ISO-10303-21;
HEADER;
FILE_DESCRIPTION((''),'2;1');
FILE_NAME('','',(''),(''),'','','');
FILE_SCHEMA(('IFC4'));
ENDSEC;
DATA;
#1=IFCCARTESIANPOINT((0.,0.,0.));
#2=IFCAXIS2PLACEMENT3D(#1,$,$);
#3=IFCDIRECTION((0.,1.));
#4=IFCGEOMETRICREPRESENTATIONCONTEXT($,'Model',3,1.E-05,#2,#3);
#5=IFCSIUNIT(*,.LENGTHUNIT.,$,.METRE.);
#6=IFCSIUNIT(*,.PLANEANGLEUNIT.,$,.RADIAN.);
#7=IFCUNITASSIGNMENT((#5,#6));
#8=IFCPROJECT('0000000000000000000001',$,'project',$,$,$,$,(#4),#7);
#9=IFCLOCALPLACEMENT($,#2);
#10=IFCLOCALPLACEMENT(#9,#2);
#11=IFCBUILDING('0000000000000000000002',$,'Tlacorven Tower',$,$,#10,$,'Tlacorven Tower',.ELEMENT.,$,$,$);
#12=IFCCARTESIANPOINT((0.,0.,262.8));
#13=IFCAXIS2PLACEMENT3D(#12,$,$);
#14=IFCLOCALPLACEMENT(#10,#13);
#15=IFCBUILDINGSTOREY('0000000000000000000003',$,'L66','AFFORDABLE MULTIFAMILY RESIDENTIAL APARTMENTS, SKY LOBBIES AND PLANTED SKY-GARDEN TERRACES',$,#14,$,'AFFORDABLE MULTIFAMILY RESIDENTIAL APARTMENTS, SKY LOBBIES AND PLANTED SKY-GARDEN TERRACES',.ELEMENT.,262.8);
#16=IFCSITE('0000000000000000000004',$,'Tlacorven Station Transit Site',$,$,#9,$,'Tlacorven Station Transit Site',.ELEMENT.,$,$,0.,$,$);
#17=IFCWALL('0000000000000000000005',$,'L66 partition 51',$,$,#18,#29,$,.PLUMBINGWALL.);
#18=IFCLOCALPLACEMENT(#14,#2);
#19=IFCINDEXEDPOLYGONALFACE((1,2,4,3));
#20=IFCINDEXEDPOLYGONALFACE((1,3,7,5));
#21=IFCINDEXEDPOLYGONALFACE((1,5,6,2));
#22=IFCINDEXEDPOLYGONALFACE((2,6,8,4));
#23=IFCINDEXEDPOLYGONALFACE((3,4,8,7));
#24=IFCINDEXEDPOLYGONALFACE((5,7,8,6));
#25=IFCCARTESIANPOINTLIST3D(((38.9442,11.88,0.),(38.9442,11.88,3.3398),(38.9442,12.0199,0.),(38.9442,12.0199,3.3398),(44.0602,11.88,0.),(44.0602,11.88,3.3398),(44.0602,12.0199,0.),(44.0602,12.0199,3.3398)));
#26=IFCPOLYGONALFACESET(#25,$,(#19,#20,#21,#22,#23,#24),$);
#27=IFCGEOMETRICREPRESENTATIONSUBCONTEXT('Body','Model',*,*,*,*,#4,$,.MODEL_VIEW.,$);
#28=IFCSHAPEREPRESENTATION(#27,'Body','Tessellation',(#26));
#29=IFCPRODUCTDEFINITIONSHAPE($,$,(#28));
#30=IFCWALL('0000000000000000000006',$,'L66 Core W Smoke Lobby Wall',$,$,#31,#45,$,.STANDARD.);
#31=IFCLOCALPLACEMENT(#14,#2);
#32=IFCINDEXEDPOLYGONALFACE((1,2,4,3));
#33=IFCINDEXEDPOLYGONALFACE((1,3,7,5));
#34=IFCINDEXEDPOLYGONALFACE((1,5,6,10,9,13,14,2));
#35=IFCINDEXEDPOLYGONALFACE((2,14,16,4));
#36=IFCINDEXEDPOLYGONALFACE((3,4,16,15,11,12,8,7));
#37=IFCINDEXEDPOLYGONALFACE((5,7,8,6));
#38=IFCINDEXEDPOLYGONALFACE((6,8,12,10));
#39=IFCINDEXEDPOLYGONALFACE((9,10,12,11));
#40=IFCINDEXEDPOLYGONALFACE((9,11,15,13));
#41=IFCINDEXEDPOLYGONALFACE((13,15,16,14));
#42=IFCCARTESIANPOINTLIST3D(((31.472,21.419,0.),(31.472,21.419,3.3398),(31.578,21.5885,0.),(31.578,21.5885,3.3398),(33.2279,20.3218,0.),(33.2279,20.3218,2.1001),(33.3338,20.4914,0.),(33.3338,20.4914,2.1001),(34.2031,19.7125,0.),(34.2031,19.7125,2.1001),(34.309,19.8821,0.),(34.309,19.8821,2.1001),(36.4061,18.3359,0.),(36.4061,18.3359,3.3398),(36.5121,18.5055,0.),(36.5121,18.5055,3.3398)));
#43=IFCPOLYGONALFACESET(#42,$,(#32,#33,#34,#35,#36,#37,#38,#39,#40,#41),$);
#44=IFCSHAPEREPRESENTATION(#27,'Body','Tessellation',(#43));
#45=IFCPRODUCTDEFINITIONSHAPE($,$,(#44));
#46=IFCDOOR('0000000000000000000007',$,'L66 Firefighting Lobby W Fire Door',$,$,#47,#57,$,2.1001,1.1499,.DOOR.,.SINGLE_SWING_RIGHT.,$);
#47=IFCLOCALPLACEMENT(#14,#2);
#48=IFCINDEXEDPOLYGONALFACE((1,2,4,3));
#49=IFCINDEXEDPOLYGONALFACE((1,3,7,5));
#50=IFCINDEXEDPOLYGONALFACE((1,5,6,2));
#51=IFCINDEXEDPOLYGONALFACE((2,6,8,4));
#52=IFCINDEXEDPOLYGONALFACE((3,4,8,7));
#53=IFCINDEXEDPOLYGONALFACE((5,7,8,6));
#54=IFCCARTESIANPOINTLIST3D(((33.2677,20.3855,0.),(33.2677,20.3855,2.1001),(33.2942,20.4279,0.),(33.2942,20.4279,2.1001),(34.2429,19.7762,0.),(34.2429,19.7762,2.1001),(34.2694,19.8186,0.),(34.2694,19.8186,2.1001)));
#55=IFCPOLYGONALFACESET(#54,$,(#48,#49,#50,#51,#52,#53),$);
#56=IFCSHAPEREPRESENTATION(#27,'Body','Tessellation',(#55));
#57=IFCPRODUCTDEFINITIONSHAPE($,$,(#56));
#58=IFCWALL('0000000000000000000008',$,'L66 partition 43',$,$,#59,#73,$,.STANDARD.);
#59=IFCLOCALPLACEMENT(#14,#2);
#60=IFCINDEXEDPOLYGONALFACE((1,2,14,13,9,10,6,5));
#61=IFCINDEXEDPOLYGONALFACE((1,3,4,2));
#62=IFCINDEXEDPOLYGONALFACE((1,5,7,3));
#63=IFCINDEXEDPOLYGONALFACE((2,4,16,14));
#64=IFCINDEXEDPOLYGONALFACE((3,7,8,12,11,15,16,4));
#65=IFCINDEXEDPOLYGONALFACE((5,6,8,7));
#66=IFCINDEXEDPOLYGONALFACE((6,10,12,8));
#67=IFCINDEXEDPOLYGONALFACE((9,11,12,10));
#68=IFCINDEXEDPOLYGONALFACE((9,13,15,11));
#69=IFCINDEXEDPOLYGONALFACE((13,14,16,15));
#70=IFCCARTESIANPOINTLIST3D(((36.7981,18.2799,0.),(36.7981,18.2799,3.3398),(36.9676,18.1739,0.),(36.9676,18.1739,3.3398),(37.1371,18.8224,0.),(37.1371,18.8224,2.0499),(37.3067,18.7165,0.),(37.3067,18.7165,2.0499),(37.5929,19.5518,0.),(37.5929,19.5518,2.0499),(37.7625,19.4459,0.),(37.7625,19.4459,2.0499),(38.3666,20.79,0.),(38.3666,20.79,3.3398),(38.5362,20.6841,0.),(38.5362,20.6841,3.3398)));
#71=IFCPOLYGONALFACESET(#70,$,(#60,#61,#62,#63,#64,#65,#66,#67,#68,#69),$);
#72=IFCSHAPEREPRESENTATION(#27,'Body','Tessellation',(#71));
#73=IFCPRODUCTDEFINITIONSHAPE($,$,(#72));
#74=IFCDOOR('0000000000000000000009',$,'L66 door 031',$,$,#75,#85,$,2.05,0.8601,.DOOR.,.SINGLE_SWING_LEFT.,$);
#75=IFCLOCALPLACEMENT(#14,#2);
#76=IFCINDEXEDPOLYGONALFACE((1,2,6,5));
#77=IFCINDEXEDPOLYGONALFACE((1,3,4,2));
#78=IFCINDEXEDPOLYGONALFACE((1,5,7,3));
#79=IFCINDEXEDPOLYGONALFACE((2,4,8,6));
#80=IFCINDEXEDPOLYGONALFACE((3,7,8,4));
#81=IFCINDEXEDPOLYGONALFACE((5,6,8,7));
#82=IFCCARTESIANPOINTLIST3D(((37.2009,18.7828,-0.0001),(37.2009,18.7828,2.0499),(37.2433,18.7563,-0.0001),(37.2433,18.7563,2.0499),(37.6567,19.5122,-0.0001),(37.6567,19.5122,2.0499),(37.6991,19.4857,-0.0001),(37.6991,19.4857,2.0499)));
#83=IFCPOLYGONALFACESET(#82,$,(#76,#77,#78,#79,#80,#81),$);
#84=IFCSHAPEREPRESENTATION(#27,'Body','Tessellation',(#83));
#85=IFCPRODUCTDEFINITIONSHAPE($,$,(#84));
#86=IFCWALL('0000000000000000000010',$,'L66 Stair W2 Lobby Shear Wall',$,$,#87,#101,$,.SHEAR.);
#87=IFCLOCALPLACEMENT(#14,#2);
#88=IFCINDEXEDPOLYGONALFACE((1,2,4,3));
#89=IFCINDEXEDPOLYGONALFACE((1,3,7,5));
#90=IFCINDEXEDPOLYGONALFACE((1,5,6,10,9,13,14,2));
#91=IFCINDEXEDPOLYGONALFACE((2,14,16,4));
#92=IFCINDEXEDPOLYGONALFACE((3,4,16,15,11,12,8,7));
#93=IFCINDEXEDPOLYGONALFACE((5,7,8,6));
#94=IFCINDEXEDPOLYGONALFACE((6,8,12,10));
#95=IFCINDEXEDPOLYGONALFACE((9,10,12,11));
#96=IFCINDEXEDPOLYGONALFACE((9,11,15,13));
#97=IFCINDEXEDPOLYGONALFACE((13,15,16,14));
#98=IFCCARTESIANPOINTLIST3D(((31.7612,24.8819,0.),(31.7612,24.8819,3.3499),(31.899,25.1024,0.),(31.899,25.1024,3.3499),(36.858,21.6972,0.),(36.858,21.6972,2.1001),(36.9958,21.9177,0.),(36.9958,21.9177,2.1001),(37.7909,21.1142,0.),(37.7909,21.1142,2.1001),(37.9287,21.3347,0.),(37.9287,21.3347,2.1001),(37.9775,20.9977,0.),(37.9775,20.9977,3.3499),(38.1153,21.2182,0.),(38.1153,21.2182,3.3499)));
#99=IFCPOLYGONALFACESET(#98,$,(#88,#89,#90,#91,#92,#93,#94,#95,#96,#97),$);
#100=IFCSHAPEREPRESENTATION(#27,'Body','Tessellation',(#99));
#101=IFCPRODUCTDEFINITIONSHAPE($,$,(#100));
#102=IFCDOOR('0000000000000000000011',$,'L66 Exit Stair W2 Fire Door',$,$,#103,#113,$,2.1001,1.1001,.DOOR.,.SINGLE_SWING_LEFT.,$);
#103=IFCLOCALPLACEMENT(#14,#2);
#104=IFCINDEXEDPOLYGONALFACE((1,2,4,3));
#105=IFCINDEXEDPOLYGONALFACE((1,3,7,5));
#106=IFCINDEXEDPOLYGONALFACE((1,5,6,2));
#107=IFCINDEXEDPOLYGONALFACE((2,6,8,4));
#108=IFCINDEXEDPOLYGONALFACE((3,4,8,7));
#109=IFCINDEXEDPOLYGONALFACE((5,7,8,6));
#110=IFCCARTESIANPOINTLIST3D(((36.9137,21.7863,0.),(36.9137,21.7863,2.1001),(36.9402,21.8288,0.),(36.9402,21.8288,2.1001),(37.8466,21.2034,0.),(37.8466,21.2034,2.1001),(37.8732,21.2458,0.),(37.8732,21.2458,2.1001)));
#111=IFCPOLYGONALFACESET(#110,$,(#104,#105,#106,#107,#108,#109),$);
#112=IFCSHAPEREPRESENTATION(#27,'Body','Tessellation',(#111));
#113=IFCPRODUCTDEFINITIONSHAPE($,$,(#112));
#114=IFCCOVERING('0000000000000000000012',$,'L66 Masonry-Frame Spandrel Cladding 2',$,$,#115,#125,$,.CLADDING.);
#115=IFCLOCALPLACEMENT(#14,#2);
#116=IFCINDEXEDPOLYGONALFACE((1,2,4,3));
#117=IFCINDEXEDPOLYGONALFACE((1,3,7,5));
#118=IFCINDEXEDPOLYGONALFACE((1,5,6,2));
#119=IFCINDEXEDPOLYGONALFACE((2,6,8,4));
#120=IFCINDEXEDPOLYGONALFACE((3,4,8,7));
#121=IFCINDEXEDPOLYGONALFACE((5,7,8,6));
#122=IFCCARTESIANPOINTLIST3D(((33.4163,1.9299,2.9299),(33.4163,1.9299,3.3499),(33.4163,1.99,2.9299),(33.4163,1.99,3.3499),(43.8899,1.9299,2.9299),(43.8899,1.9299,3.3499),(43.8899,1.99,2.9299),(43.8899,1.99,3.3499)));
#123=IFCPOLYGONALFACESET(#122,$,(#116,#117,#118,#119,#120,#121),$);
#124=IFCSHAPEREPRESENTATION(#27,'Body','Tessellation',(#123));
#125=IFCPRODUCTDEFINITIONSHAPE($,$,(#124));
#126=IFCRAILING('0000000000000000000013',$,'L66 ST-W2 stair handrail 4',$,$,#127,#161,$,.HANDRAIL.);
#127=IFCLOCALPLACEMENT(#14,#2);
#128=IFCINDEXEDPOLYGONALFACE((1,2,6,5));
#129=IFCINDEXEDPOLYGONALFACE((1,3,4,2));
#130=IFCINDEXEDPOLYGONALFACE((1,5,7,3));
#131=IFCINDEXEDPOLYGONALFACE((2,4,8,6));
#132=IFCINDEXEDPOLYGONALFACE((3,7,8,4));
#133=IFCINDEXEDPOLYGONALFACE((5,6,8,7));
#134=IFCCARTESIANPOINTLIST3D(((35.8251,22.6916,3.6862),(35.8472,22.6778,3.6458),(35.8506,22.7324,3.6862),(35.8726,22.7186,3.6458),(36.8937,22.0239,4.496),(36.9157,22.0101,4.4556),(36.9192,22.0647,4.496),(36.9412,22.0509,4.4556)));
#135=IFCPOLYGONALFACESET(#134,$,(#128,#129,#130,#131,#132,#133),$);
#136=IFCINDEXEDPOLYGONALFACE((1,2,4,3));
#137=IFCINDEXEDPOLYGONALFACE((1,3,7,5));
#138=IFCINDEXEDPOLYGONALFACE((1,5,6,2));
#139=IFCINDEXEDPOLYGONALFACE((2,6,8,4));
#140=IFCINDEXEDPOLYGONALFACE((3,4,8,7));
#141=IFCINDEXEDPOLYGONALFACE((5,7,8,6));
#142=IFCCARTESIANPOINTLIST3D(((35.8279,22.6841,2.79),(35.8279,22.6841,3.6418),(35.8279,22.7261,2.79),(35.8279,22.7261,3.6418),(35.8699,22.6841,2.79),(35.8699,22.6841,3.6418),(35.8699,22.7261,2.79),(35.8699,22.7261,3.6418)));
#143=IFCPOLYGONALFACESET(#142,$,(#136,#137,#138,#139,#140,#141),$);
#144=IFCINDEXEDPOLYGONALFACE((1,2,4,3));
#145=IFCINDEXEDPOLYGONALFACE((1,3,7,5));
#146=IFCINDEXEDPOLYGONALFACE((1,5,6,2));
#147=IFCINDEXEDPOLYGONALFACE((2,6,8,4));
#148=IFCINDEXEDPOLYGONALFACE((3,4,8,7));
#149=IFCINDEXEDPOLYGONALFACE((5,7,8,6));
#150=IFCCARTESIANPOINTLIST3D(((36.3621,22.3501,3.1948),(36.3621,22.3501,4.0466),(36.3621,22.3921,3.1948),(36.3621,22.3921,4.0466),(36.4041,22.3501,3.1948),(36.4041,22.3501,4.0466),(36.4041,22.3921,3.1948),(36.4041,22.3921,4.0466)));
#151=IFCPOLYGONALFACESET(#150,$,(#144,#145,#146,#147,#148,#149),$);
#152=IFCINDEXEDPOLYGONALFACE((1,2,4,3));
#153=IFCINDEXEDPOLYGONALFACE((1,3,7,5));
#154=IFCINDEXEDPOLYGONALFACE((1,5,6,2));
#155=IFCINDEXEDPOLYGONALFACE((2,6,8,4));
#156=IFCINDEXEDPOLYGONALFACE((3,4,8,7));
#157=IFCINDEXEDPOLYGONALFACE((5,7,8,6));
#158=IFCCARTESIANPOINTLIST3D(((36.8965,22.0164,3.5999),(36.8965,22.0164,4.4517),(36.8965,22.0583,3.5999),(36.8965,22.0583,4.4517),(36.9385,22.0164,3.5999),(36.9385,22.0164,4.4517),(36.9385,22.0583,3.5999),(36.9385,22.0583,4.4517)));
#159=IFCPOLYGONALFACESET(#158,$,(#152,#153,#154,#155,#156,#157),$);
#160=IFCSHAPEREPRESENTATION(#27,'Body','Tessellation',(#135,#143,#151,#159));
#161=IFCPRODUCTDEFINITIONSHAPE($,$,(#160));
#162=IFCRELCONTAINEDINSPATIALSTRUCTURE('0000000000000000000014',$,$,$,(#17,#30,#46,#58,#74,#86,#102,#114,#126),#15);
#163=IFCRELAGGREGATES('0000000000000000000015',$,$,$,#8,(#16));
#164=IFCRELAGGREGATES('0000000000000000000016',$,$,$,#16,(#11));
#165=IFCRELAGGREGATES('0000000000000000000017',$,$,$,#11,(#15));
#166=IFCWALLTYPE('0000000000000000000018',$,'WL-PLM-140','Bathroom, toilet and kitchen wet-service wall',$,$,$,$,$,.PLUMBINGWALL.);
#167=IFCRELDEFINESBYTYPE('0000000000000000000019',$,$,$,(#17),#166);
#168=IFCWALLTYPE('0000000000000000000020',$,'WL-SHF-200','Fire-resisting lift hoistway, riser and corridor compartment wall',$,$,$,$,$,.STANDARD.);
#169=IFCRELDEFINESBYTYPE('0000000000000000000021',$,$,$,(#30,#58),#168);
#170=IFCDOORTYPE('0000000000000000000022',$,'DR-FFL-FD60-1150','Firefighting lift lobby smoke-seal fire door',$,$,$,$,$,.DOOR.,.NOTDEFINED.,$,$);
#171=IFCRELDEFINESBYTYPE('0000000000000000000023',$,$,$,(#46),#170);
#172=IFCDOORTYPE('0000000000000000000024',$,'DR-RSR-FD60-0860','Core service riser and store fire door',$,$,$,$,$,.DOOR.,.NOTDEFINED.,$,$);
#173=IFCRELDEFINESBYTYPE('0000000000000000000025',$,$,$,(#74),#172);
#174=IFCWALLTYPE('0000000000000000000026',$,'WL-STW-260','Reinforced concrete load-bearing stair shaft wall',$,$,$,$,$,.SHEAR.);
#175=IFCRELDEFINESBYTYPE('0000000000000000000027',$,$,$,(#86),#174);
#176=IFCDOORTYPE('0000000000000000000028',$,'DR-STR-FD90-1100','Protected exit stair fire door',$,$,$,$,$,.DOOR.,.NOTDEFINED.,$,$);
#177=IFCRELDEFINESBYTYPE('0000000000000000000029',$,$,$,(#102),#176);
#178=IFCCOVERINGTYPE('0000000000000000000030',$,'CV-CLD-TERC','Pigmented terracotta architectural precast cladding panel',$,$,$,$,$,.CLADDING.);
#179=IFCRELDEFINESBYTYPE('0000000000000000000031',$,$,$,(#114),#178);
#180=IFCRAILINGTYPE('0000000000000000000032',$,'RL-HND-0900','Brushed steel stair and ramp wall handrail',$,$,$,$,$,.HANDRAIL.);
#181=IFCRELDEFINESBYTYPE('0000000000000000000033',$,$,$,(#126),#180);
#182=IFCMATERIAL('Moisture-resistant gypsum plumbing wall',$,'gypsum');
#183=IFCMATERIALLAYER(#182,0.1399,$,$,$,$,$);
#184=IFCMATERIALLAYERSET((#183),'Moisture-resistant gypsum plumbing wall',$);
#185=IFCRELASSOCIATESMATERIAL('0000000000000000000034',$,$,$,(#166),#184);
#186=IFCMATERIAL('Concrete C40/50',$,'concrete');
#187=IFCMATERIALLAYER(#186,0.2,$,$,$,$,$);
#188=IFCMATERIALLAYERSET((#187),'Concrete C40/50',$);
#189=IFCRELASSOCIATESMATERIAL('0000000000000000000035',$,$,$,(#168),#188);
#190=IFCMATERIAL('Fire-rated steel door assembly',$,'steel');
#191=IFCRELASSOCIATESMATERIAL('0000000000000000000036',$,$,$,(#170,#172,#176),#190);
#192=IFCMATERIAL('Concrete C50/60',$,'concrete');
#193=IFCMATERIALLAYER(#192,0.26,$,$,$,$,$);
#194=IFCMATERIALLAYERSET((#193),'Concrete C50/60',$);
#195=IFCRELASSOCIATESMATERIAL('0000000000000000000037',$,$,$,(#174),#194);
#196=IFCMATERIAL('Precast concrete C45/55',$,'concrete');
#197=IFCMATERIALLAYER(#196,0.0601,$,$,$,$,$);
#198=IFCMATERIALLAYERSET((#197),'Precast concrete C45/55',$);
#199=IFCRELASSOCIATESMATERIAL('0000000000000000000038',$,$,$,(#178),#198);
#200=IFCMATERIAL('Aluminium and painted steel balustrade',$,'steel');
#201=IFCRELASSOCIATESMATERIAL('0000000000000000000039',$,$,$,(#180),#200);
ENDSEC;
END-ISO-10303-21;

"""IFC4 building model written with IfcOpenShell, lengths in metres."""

from ifc_helpers import new_model, si_unit, direction, frame, frame_2d, origin, origin_2d, place, context, subcontext, project, spatial, rectangle, extrude, source, transform, mapped, material, layer, layer_set, type_object, element, fill, save


model = new_model("IFC4")

# Units and contexts
model_context = context("Model", 3, precision=1e-05, world=origin(), true_north=direction((0.0, 1.0)))
body_context = subcontext(model_context, "Body", "Model", "MODEL_VIEW")
ifc_project = project(units=[si_unit("LENGTHUNIT", "METRE"), si_unit("PLANEANGLEUNIT", "RADIAN")], contexts=[model_context])

# Site, building, storey
site_placement = place(None, origin())
site = spatial("IfcSite", under=ifc_project, at=site_placement, Name="Tlacorven Station Transit Site", LongName="Tlacorven Station Transit Site", CompositionType="ELEMENT", RefElevation=0.0)
building_placement = place(site_placement, origin())
building = spatial("IfcBuilding", under=site, at=building_placement, Name="Tlacorven Tower", LongName="Tlacorven Tower", CompositionType="ELEMENT")
storey_placement = place(building_placement, frame((0.0, 0.0, 262.8)))
storey = spatial("IfcBuildingStorey", under=building, at=storey_placement, Name="L66", Description="AFFORDABLE MULTIFAMILY RESIDENTIAL APARTMENTS, SKY LOBBIES AND PLANTED SKY-GARDEN TERRACES", LongName="AFFORDABLE MULTIFAMILY RESIDENTIAL APARTMENTS, SKY LOBBIES AND PLANTED SKY-GARDEN TERRACES", CompositionType="ELEMENT", Elevation=262.8)

# Shared definitions
ifc_material_1 = material(Name="Concrete C50/60", Category="concrete")

# Shared definitions
ifc_material_2 = material(Name="Fire-rated steel door assembly", Category="steel")

# Wall
ifc_material_3 = material(Name="Moisture-resistant gypsum plumbing wall", Category="gypsum")
ifc_layer_1 = layer(ifc_material_3, 0.1399)
ifc_layer_set_1 = layer_set([ifc_layer_1], Name="Moisture-resistant gypsum plumbing wall")
wall_type_1 = type_object("IfcWallType", Name="WL-PLM-140", Description="Bathroom, toilet and kitchen wet-service wall", PredefinedType="PLUMBINGWALL", material=ifc_layer_set_1)
wall_1_placement = place(storey_placement, frame((38.9441, 11.95, 0.0), z_axis=(0.0, 0.0, 1.0), x_axis=(1.0, 0.0, 0.0)))
element("IfcWall", 1, at=wall_1_placement, inside=storey, type_object=wall_type_1, Name="L66 partition 51", PredefinedType="PLUMBINGWALL", context=body_context, shape_type="SweptSolid", body=[
    extrude(rectangle(XDim=5.116, YDim=0.1399, at=frame_2d((2.5581, 0.0))), origin(), (0.0, 0.0, 1.0), 3.3398),
])

# Walls, openings, doors
ifc_material_4 = material(Name="Concrete C40/50", Category="concrete")
ifc_layer_2 = layer(ifc_material_4, 0.2)
ifc_layer_set_2 = layer_set([ifc_layer_2], Name="Concrete C40/50")
wall_type_2 = type_object("IfcWallType", Name="WL-SHF-200", Description="Fire-resisting lift hoistway, riser and corridor compartment wall", PredefinedType="STANDARD", material=ifc_layer_set_2)
wall_2_placement = place(storey_placement, frame((36.4592, 18.4207, 0.0), z_axis=(0.0, 0.0, 1.0), x_axis=(-0.84806, 0.529901, 0.0)))
wall_2 = element("IfcWall", 2, at=wall_2_placement, inside=storey, type_object=wall_type_2, Name="L66 Core W Smoke Lobby Wall", PredefinedType="STANDARD", context=body_context, shape_type="SweptSolid", body=[
    extrude(rectangle(XDim=5.8181, YDim=0.2, at=frame_2d((2.9092, 0.0))), origin(), (0.0, 0.0, 1.0), 3.3398),
])
opening_1_placement = place(wall_2_placement, frame((2.5979, 0.0, 0.0)))
opening_1 = element("IfcOpeningElement", 3, at=opening_1_placement, cuts=wall_2, PredefinedType="OPENING", context=body_context, shape_type="SweptSolid", body=[
    extrude(rectangle(XDim=1.1499, YDim=2.1001, at=frame_2d((0.575, 1.05))), frame((0.0, 0.1099, 0.0), z_axis=(0.0, -1.0, 0.0), x_axis=(1.0, 0.0, 0.0)), (0.0, 0.0, 1.0), 0.22),
])
door_type_1 = type_object("IfcDoorType", Name="DR-FFL-FD60-1150", Description="Firefighting lift lobby smoke-seal fire door", OperationType="NOTDEFINED", PredefinedType="DOOR", material=ifc_material_2)
shared_shape_1 = source(origin(), body_context, "Body", "SweptSolid", [
    extrude(rectangle(XDim=1.1499, YDim=2.1001, at=frame_2d((0.575, 1.05))), frame((0.0, 0.0249, 0.0), z_axis=(0.0, -1.0, 0.0), x_axis=(1.0, 0.0, 0.0)), (0.0, 0.0, 1.0), 0.05),
])
door_1_placement = place(opening_1_placement, origin())
door_1 = element("IfcDoor", 4, at=door_1_placement, inside=storey, type_object=door_type_1, Name="L66 Firefighting Lobby W Fire Door", OperationType="SINGLE_SWING_RIGHT", OverallHeight=2.1001, OverallWidth=1.1499, PredefinedType="DOOR", context=body_context, shape_type="MappedRepresentation", body=[
    mapped(shared_shape_1, transform((0.0, 0.0, 0.0), scale=1.0)),
])
fill(opening_1, door_1)
wall_3_placement = place(storey_placement, frame((38.4514, 20.7371, 0.0), z_axis=(0.0, 0.0, 1.0), x_axis=(-0.529925, -0.848045, 0.0)))
wall_3 = element("IfcWall", 5, at=wall_3_placement, inside=storey, type_object=wall_type_2, Name="L66 partition 43", PredefinedType="STANDARD", context=body_context, shape_type="SweptSolid", body=[
    extrude(rectangle(XDim=2.96, YDim=0.2, at=frame_2d((1.48, 0.0))), origin(), (0.0, 0.0, 1.0), 3.3398),
])
opening_2_placement = place(wall_3_placement, frame((1.46, 0.0, 0.0)))
opening_2 = element("IfcOpeningElement", 6, at=opening_2_placement, cuts=wall_3, PredefinedType="OPENING", context=body_context, shape_type="SweptSolid", body=[
    extrude(rectangle(XDim=0.8601, YDim=2.05, at=frame_2d((0.4302, 1.0249))), frame((0.0, 0.1099, 0.0), z_axis=(0.0, -1.0, 0.0), x_axis=(1.0, 0.0, 0.0)), (0.0, 0.0, 1.0), 0.22),
])
door_type_2 = type_object("IfcDoorType", Name="DR-RSR-FD60-0860", Description="Core service riser and store fire door", OperationType="NOTDEFINED", PredefinedType="DOOR", material=ifc_material_2)
shared_shape_2 = source(origin(), body_context, "Body", "SweptSolid", [
    extrude(rectangle(XDim=0.8601, YDim=2.05, at=frame_2d((0.4302, 1.0249))), frame((0.0, 0.0249, 0.0), z_axis=(0.0, -1.0, 0.0), x_axis=(1.0, 0.0, 0.0)), (0.0, 0.0, 1.0), 0.05),
])
door_2_placement = place(opening_2_placement, frame((0.8601, 0.0, 0.0), z_axis=(0.0, 0.0, 1.0), x_axis=(-1.0, 0.0, 0.0)))
door_2 = element("IfcDoor", 7, at=door_2_placement, inside=storey, type_object=door_type_2, Name="L66 door 031", OperationType="SINGLE_SWING_LEFT", OverallHeight=2.05, OverallWidth=0.8601, PredefinedType="DOOR", context=body_context, shape_type="MappedRepresentation", body=[
    mapped(shared_shape_2, transform((0.0, 0.0, 0.0), scale=1.0)),
])
fill(opening_2, door_2)
ifc_layer_3 = layer(ifc_material_1, 0.26)
ifc_layer_set_3 = layer_set([ifc_layer_3], Name="Concrete C50/60")
wall_type_3 = type_object("IfcWallType", Name="WL-STW-260", Description="Reinforced concrete load-bearing stair shaft wall", PredefinedType="SHEAR", material=ifc_layer_set_3)
wall_4_placement = place(storey_placement, frame((38.0464, 21.1079, 0.0), z_axis=(0.0, 0.0, 1.0), x_axis=(-0.848054, 0.529909, 0.0)))
wall_4 = element("IfcWall", 8, at=wall_4_placement, inside=storey, type_object=wall_type_3, Name="L66 Stair W2 Lobby Shear Wall", PredefinedType="SHEAR", context=body_context, shape_type="SweptSolid", body=[
    extrude(rectangle(XDim=7.3301, YDim=0.26, at=frame_2d((3.665, 0.0))), origin(), (0.0, 0.0, 1.0), 3.3499),
])
opening_3_placement = place(wall_4_placement, frame((0.22, 0.0, 0.0)))
opening_3 = element("IfcOpeningElement", 9, at=opening_3_placement, cuts=wall_4, PredefinedType="OPENING", context=body_context, shape_type="SweptSolid", body=[
    extrude(rectangle(XDim=1.1001, YDim=2.1001, at=frame_2d((0.55, 1.05))), frame((0.0, 0.1401, 0.0), z_axis=(0.0, -1.0, 0.0), x_axis=(1.0, 0.0, 0.0)), (0.0, 0.0, 1.0), 0.28),
])
door_type_3 = type_object("IfcDoorType", Name="DR-STR-FD90-1100", Description="Protected exit stair fire door", OperationType="NOTDEFINED", PredefinedType="DOOR", material=ifc_material_2)
shared_shape_3 = source(origin(), body_context, "Body", "SweptSolid", [
    extrude(rectangle(XDim=1.1001, YDim=2.1001, at=frame_2d((0.55, 1.05))), frame((0.0, 0.0249, 0.0), z_axis=(0.0, -1.0, 0.0), x_axis=(1.0, 0.0, 0.0)), (0.0, 0.0, 1.0), 0.05),
])
door_3_placement = place(opening_3_placement, origin())
door_3 = element("IfcDoor", 10, at=door_3_placement, inside=storey, type_object=door_type_3, Name="L66 Exit Stair W2 Fire Door", OperationType="SINGLE_SWING_LEFT", OverallHeight=2.1001, OverallWidth=1.1001, PredefinedType="DOOR", context=body_context, shape_type="MappedRepresentation", body=[
    mapped(shared_shape_3, transform((0.0, 0.0, 0.0), scale=1.0)),
])
fill(opening_3, door_3)

# Covering
ifc_material_5 = material(Name="Precast concrete C45/55", Category="concrete")
ifc_layer_4 = layer(ifc_material_5, 0.0601)
ifc_layer_set_4 = layer_set([ifc_layer_4], Name="Precast concrete C45/55")
covering_type = type_object("IfcCoveringType", Name="CV-CLD-TERC", Description="Pigmented terracotta architectural precast cladding panel", PredefinedType="CLADDING", material=ifc_layer_set_4)
shared_shape_4 = source(origin(), body_context, "Body", "SweptSolid", [
    extrude(rectangle(XDim=10.4736, YDim=0.0601, at=origin_2d()), origin(), (0.0, 0.0, 1.0), 0.4199),
])
covering_placement = place(storey_placement, frame((38.6531, 1.96, 2.9299), z_axis=(0.0, 0.0, 1.0), x_axis=(-1.0, 0.0, 0.0)))
element("IfcCovering", 11, at=covering_placement, inside=storey, type_object=covering_type, Name="L66 Masonry-Frame Spandrel Cladding 2", PredefinedType="CLADDING", context=body_context, shape_type="MappedRepresentation", body=[
    mapped(shared_shape_4, transform((0.0, 0.0, 0.0), scale=1.0)),
])

# Railing
ifc_material_6 = material(Name="Aluminium and painted steel balustrade", Category="steel")
railing_type = type_object("IfcRailingType", Name="RL-HND-0900", Description="Brushed steel stair and ramp wall handrail", PredefinedType="HANDRAIL", material=ifc_material_6)
shared_shape_5 = source(origin(), body_context, "Body", "SweptSolid", [
    extrude(rectangle(XDim=0.0481, YDim=0.0481, at=origin_2d()), frame((0.0, 0.0, 0.876), z_axis=(0.713423, -0.445787, 0.540649), x_axis=(0.529912, 0.848053, 0.0)), (0.0, 0.0, 1.0), 1.4978),
    extrude(rectangle(XDim=0.042, YDim=0.042, at=origin_2d()), origin(), (0.0, 0.0, 1.0), 0.8518),
    extrude(rectangle(XDim=0.042, YDim=0.042, at=origin_2d()), frame((0.5342, -0.334, 0.4048)), (0.0, 0.0, 1.0), 0.8518),
    extrude(rectangle(XDim=0.042, YDim=0.042, at=origin_2d()), frame((1.0686, -0.6677, 0.8098)), (0.0, 0.0, 1.0), 0.8518),
])
railing_placement = place(storey_placement, frame((35.8489, 22.7051, 2.79)))
element("IfcRailing", 12, at=railing_placement, inside=storey, type_object=railing_type, Name="L66 ST-W2 stair handrail 4", PredefinedType="HANDRAIL", context=body_context, shape_type="MappedRepresentation", body=[
    mapped(shared_shape_5, transform((0.0, 0.0, 0.0), scale=1.0)),
])

save(model, "model.ifc")
